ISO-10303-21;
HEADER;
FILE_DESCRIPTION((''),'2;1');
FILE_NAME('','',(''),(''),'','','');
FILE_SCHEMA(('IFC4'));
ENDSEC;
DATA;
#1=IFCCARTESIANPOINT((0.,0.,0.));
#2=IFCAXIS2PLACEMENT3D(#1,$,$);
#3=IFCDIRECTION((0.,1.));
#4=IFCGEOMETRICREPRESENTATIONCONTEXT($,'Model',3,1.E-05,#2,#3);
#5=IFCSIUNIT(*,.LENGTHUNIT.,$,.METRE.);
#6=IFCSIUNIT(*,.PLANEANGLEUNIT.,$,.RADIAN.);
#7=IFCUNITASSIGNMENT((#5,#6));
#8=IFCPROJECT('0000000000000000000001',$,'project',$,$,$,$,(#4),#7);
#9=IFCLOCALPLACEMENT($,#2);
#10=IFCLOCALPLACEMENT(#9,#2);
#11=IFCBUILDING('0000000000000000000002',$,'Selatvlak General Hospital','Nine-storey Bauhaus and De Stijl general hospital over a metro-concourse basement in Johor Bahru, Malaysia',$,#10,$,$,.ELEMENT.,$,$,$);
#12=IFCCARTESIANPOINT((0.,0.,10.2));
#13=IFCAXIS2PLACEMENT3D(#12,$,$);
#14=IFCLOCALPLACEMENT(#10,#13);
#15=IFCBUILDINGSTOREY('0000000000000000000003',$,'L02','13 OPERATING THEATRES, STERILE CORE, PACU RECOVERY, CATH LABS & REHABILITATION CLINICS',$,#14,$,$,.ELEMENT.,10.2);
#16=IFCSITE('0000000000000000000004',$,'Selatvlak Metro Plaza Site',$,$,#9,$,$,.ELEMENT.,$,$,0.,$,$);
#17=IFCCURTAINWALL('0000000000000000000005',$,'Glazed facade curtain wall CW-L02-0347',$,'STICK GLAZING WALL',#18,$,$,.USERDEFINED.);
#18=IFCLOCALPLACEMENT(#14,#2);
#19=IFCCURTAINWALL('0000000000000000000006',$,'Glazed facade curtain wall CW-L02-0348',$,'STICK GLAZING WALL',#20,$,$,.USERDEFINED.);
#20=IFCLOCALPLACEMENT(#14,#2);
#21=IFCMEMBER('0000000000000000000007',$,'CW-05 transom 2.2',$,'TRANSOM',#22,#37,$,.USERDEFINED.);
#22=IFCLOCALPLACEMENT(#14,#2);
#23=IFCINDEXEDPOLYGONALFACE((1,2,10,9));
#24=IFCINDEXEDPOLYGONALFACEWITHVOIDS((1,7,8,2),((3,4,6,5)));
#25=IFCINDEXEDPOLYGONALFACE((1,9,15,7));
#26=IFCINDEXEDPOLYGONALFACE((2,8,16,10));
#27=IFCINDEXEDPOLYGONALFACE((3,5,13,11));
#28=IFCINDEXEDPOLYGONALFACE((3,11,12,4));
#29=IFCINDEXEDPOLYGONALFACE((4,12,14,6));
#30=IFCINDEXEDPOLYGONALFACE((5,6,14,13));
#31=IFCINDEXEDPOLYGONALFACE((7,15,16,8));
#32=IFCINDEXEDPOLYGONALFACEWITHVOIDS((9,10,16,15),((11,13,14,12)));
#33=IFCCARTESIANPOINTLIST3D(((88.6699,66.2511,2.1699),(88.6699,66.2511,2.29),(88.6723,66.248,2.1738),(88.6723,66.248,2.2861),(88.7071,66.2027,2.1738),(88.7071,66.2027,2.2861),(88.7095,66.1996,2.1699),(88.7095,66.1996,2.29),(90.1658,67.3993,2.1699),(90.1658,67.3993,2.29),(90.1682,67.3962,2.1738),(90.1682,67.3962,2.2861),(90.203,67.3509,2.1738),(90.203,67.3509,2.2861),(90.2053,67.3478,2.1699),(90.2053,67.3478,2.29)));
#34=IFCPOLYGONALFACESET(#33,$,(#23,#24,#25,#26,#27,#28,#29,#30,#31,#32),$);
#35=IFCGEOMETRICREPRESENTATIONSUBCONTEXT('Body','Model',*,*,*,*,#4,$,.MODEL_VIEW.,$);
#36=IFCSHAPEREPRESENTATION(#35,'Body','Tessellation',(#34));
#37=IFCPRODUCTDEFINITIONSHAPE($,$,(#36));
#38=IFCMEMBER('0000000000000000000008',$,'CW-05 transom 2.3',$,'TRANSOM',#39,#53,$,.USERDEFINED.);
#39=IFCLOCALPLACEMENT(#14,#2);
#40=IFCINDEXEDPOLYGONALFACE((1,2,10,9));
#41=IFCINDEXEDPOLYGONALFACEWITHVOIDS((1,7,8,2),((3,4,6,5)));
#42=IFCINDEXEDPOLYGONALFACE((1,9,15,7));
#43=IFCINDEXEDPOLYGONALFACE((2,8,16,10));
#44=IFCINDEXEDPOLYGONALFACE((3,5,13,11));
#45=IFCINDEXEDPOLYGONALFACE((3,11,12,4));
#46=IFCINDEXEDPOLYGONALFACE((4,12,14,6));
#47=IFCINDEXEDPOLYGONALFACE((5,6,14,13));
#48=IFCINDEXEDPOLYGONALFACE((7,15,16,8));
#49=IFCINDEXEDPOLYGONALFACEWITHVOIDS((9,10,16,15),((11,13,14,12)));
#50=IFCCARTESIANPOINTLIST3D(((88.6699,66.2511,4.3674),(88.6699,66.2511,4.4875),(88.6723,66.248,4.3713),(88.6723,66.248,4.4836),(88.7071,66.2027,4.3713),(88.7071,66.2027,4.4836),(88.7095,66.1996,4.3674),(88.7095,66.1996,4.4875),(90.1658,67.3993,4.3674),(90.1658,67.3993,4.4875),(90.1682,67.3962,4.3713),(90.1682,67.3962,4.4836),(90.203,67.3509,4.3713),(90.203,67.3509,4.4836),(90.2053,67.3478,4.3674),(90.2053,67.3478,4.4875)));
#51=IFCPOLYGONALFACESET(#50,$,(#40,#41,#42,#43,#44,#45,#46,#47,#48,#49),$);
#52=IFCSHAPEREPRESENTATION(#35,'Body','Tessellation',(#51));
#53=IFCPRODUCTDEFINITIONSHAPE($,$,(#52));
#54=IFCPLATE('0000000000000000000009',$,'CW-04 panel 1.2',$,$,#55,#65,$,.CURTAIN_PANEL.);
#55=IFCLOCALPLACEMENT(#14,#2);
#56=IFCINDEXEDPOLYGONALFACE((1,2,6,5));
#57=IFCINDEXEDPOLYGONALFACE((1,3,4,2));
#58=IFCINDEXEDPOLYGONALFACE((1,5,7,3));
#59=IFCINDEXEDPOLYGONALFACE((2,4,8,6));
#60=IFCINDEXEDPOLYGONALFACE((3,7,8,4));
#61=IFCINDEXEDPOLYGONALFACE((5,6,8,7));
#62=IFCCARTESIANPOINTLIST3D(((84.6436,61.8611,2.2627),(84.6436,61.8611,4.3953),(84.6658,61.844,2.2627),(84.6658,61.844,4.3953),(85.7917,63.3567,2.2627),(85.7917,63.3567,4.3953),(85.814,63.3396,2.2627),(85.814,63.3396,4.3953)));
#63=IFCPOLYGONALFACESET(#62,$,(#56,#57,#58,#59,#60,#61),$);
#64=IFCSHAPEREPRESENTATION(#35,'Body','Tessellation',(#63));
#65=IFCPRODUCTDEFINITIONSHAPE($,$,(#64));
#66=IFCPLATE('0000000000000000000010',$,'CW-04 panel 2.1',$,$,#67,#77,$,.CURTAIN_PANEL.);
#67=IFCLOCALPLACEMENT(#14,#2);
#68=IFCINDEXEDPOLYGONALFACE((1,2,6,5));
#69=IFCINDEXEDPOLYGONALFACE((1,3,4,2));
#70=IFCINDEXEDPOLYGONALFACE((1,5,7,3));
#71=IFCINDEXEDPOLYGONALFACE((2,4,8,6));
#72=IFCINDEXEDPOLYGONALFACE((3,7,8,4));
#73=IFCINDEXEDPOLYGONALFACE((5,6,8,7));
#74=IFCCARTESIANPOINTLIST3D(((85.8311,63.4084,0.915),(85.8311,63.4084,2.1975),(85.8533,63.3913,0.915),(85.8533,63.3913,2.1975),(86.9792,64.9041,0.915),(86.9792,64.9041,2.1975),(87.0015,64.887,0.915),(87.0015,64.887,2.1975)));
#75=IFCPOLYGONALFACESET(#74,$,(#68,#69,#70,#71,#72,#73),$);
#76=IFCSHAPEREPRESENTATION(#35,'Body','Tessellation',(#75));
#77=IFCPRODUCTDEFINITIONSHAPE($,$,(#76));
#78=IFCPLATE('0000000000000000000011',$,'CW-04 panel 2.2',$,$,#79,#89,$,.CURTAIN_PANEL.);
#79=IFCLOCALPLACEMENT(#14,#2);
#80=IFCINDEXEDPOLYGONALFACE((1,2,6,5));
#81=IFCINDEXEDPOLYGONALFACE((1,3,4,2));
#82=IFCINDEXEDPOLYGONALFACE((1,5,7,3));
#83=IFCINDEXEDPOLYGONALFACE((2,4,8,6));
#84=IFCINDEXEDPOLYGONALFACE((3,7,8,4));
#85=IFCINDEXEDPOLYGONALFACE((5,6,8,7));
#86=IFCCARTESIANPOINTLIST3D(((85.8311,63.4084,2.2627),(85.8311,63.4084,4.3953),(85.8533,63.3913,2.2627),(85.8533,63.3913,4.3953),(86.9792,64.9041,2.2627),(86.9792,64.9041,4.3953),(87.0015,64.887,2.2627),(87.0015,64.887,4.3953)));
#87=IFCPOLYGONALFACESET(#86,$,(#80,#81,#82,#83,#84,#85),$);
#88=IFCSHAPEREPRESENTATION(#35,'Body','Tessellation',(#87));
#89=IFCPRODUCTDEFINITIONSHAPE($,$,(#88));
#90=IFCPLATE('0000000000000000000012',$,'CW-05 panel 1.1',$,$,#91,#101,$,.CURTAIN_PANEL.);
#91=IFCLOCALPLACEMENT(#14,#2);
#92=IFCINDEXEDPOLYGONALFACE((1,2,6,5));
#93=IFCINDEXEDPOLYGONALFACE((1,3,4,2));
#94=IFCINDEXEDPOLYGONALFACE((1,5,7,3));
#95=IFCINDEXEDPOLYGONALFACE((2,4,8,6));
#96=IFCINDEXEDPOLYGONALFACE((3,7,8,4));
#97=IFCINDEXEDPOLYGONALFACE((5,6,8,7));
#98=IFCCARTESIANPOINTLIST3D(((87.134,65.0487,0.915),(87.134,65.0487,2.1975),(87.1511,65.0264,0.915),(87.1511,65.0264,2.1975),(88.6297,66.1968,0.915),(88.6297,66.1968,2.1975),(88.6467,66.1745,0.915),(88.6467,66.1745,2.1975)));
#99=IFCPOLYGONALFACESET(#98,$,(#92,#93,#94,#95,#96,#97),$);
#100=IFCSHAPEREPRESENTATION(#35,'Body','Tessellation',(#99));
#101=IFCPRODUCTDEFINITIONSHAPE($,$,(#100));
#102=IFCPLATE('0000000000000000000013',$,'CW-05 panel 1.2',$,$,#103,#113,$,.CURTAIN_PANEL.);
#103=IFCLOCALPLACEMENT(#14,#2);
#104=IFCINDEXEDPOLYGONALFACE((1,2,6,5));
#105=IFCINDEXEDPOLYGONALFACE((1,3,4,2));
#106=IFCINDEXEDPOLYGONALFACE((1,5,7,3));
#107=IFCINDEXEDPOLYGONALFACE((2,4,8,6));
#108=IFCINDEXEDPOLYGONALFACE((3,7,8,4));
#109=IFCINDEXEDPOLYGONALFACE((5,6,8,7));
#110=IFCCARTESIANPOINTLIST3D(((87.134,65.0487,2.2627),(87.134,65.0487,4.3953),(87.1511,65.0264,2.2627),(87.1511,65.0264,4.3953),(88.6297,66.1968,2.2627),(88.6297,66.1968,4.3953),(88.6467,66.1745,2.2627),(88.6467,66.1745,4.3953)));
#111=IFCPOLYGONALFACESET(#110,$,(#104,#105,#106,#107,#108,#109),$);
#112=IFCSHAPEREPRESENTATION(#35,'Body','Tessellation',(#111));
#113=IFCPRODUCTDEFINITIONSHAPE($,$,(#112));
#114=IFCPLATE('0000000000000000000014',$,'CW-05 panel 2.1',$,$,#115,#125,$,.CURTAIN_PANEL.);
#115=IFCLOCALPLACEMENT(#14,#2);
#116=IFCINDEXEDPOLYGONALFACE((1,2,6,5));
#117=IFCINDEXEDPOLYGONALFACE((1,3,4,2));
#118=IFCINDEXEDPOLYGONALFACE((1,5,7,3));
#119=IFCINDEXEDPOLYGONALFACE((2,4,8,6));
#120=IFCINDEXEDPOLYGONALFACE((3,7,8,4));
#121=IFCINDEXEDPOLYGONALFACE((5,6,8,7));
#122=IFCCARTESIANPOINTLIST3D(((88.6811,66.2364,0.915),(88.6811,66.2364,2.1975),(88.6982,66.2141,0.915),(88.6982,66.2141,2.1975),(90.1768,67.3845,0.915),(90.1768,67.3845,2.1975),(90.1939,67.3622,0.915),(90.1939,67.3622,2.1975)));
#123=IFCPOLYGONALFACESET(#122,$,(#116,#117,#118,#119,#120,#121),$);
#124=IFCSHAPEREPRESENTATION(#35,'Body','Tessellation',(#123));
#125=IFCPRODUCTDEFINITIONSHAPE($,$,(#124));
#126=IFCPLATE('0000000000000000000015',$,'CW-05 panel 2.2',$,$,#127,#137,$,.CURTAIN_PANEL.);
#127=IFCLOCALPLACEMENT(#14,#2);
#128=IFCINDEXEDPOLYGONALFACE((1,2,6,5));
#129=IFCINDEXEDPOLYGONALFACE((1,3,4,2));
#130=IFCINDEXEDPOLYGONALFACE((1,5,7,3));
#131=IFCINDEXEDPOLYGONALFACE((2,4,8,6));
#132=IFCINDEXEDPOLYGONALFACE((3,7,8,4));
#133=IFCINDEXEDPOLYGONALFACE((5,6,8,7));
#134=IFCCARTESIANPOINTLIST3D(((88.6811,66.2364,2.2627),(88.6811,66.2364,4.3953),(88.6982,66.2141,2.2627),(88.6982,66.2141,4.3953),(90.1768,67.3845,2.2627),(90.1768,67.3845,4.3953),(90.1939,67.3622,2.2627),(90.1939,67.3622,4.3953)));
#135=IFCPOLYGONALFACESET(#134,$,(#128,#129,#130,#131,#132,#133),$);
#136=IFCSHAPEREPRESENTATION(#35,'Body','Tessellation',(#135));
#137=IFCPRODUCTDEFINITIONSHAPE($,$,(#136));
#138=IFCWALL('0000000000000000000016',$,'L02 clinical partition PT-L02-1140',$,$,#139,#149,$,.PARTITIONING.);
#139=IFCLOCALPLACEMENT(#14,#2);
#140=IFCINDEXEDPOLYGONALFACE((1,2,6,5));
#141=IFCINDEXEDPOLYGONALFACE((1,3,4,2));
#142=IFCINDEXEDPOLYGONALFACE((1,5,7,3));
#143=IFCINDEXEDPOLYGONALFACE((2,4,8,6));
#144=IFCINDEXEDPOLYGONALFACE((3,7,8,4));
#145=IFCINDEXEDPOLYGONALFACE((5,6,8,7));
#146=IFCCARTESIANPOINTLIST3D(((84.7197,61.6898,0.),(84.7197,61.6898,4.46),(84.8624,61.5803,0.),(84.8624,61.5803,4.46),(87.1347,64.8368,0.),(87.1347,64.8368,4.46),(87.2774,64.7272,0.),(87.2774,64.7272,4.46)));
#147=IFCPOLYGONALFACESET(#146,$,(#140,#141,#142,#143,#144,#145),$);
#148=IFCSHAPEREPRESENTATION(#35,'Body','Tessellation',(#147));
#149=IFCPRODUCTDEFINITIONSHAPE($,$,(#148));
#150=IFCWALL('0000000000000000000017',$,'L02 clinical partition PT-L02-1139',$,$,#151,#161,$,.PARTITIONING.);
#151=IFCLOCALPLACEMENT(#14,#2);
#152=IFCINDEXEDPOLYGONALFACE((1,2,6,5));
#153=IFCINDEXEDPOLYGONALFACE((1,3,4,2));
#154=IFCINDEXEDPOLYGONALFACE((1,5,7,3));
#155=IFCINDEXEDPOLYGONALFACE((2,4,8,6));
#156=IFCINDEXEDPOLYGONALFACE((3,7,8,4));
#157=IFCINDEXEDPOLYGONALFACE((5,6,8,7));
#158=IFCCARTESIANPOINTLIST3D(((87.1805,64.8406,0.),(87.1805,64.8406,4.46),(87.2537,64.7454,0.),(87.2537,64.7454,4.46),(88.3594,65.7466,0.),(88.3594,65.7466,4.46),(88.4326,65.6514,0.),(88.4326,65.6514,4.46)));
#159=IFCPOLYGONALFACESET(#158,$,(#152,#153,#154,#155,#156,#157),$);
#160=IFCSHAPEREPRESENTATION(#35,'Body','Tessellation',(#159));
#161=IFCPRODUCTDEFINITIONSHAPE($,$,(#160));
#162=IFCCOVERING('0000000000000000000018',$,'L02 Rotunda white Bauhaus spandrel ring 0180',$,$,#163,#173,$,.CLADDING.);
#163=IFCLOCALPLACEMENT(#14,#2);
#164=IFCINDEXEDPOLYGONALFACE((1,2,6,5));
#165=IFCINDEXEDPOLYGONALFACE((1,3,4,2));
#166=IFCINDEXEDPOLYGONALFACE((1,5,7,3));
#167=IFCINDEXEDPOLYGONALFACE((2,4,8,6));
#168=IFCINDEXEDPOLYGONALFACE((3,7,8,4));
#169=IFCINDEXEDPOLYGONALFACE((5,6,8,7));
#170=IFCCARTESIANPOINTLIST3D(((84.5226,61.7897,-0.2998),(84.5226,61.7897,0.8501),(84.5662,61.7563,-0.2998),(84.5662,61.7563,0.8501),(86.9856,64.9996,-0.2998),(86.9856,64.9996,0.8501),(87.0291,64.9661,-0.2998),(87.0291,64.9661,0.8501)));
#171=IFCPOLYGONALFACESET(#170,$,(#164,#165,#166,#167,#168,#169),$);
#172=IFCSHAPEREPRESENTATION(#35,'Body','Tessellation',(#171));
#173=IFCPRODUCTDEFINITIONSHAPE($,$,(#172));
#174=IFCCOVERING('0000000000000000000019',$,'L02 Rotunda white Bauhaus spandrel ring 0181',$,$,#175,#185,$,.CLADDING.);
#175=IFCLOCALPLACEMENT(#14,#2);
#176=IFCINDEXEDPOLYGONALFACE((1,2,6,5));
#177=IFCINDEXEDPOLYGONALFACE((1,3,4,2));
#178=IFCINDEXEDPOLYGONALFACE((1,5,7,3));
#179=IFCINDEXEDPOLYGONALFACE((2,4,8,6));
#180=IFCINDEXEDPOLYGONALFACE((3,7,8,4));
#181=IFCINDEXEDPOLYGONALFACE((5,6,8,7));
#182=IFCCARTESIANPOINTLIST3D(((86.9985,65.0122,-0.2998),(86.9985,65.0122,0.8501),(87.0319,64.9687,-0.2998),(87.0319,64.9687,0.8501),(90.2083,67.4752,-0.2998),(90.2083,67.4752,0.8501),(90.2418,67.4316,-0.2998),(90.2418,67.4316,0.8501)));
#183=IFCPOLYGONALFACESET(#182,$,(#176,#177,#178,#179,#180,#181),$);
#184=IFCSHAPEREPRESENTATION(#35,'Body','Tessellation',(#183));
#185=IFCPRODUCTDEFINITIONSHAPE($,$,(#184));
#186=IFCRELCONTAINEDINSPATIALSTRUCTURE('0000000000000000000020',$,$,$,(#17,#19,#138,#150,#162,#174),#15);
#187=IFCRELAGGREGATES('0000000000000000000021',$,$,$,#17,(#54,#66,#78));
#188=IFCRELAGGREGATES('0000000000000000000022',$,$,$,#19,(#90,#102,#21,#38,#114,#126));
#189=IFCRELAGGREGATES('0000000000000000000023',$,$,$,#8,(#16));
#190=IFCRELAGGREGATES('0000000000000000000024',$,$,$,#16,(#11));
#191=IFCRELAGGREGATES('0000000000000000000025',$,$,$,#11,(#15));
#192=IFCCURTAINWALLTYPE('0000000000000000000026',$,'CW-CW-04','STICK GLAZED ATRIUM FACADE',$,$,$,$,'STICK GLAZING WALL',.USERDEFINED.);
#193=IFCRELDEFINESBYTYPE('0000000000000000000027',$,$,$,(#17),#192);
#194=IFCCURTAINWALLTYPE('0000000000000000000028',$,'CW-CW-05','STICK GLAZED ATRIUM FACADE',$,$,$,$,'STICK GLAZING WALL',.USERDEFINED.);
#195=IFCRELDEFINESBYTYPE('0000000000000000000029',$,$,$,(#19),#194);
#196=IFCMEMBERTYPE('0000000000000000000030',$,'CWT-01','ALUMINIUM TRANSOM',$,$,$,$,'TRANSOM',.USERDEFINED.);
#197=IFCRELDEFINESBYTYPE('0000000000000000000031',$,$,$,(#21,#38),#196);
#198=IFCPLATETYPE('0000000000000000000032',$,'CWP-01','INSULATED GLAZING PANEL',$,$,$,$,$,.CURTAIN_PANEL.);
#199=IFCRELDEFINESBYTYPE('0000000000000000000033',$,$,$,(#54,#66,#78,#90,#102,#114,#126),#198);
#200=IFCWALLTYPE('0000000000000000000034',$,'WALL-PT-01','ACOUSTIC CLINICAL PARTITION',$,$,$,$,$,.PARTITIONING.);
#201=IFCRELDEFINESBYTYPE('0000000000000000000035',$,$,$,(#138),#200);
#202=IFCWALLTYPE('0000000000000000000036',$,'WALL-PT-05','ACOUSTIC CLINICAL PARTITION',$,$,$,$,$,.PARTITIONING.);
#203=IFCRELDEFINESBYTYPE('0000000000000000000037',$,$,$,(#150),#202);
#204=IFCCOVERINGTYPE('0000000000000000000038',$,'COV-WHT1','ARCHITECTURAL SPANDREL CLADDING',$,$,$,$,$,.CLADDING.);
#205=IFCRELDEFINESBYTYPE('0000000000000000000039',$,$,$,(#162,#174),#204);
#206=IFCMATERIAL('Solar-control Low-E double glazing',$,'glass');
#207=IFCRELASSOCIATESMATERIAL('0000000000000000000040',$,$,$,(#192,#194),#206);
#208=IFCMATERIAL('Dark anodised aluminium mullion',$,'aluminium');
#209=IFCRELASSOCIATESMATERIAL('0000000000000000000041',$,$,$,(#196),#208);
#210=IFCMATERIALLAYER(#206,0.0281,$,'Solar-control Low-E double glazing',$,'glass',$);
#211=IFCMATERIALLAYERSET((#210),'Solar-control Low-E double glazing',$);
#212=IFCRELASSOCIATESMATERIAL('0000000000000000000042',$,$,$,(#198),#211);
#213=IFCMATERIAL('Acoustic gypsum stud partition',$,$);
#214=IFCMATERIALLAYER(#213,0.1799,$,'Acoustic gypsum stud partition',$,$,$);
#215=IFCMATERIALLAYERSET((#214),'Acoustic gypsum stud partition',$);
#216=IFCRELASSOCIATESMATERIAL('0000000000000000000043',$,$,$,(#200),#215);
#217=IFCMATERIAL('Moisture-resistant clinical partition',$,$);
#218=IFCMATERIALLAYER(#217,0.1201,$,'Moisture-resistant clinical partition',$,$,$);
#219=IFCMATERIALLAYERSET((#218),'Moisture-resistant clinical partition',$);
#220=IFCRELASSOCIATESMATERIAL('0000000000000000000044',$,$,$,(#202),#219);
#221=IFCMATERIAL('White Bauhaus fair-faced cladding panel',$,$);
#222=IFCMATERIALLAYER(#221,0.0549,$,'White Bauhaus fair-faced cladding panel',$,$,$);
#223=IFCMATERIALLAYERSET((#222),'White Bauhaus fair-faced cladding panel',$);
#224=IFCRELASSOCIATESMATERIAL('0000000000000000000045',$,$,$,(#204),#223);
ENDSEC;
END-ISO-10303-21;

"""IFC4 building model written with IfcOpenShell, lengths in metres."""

from ifc_helpers import new_model, si_unit, direction, frame, frame_2d, origin, origin_2d, place, context, subcontext, project, spatial, rectangle, hollow_rectangle, extrude, material, layer, layer_set, material_profile, profile_set, type_object, element, aggregate, save


model = new_model("IFC4")

# Units and contexts
model_context = context("Model", 3, precision=1e-05, world=origin(), true_north=direction((0.0, 1.0)))
body_context = subcontext(model_context, "Body", "Model", "MODEL_VIEW")
ifc_project = project(units=[si_unit("LENGTHUNIT", "METRE"), si_unit("PLANEANGLEUNIT", "RADIAN")], contexts=[model_context])

# Site, building, storey
site_placement = place(None, origin())
site = spatial("IfcSite", under=ifc_project, at=site_placement, Name="Selatvlak Metro Plaza Site", CompositionType="ELEMENT", RefElevation=0.0)
building_placement = place(site_placement, origin())
building = spatial("IfcBuilding", under=site, at=building_placement, Name="Selatvlak General Hospital", Description="Nine-storey Bauhaus and De Stijl general hospital over a metro-concourse basement in Johor Bahru, Malaysia", CompositionType="ELEMENT")
storey_placement = place(building_placement, frame((0.0, 0.0, 10.2)))
storey = spatial("IfcBuildingStorey", under=building, at=storey_placement, Name="L02", Description="13 OPERATING THEATRES, STERILE CORE, PACU RECOVERY, CATH LABS & REHABILITATION CLINICS", CompositionType="ELEMENT", Elevation=10.2)

# Curtain walls
ifc_material_1 = material(Name="Solar-control Low-E double glazing", Category="glass")
curtain_wall_type_1 = type_object("IfcCurtainWallType", Name="CW-CW-04", Description="STICK GLAZED ATRIUM FACADE", ElementType="STICK GLAZING WALL", PredefinedType="USERDEFINED", material=ifc_material_1)
curtain_wall_1_placement = place(storey_placement, origin())
curtain_wall_1 = element("IfcCurtainWall", 1, at=curtain_wall_1_placement, inside=storey, type_object=curtain_wall_type_1, Name="Glazed facade curtain wall CW-L02-0347", ObjectType="STICK GLAZING WALL", PredefinedType="USERDEFINED")
ifc_material_2 = material(Name="Dark anodised aluminium mullion", Category="aluminium")
curtain_wall_type_2 = type_object("IfcCurtainWallType", Name="CW-CW-05", Description="STICK GLAZED ATRIUM FACADE", ElementType="STICK GLAZING WALL", PredefinedType="USERDEFINED", material=ifc_material_1)
curtain_wall_2_placement = place(storey_placement, origin())
curtain_wall_2 = element("IfcCurtainWall", 2, at=curtain_wall_2_placement, inside=storey, type_object=curtain_wall_type_2, Name="Glazed facade curtain wall CW-L02-0348", ObjectType="STICK GLAZING WALL", PredefinedType="USERDEFINED")

# Members
ifc_material_profile_1 = material_profile(ifc_material_2, hollow_rectangle(XDim=0.0649, YDim=0.1201, WallThickness=0.0039, at=origin_2d()), Name="AL-TRN 65x120x4")
ifc_profile_set_1 = profile_set([ifc_material_profile_1], Name="Dark anodised aluminium mullion")
member_type_1 = type_object("IfcMemberType", Name="CWT-01", Description="ALUMINIUM TRANSOM", ElementType="TRANSOM", PredefinedType="USERDEFINED", material=ifc_profile_set_1)
member_1_placement = place(storey_placement, frame((88.6897, 66.2253, 2.23), z_axis=(0.793254, 0.608891, 0.0), x_axis=(-0.608891, 0.793254, 0.0)))
member_1 = element("IfcMember", 3, at=member_1_placement, type_object=member_type_1, Name="CW-05 transom 2.2", ObjectType="TRANSOM", PredefinedType="USERDEFINED", context=body_context, shape_type="SweptSolid", body=[
    extrude(hollow_rectangle(XDim=0.0649, YDim=0.1201, WallThickness=0.0039, at=origin_2d()), origin(), (0.0, 0.0, 1.0), 1.8857),
])
member_2_placement = place(storey_placement, frame((88.6897, 66.2253, 4.4275), z_axis=(0.793254, 0.608891, 0.0), x_axis=(-0.608891, 0.793254, 0.0)))
member_2 = element("IfcMember", 4, at=member_2_placement, type_object=member_type_1, Name="CW-05 transom 2.3", ObjectType="TRANSOM", PredefinedType="USERDEFINED", context=body_context, shape_type="SweptSolid", body=[
    extrude(hollow_rectangle(XDim=0.0649, YDim=0.1201, WallThickness=0.0039, at=origin_2d()), origin(), (0.0, 0.0, 1.0), 1.8857),
])

# Plates
ifc_layer_1 = layer(ifc_material_1, 0.0281, Name="Solar-control Low-E double glazing", Category="glass")
ifc_layer_set_1 = layer_set([ifc_layer_1], Name="Solar-control Low-E double glazing")
plate_type = type_object("IfcPlateType", Name="CWP-01", Description="INSULATED GLAZING PANEL", PredefinedType="CURTAIN_PANEL", material=ifc_layer_set_1)
plate_1_placement = place(storey_placement, frame((85.2288, 62.6003, 2.2627), z_axis=(0.0, 0.0, 1.0), x_axis=(0.608918, 0.793233, 0.0)))
plate_1 = element("IfcPlate", 5, at=plate_1_placement, type_object=plate_type, Name="CW-04 panel 1.2", PredefinedType="CURTAIN_PANEL", context=body_context, shape_type="SweptSolid", body=[
    extrude(rectangle(XDim=1.8855, YDim=0.0281, at=origin_2d()), origin(), (0.0, 0.0, 1.0), 2.1326),
])
plate_2_placement = place(storey_placement, frame((86.4163, 64.1477, 0.915), z_axis=(0.0, 0.0, 1.0), x_axis=(0.608918, 0.793233, 0.0)))
plate_2 = element("IfcPlate", 6, at=plate_2_placement, type_object=plate_type, Name="CW-04 panel 2.1", PredefinedType="CURTAIN_PANEL", context=body_context, shape_type="SweptSolid", body=[
    extrude(rectangle(XDim=1.8855, YDim=0.0281, at=origin_2d()), origin(), (0.0, 0.0, 1.0), 1.2825),
])
plate_3_placement = place(storey_placement, frame((86.4163, 64.1477, 2.2627), z_axis=(0.0, 0.0, 1.0), x_axis=(0.608918, 0.793233, 0.0)))
plate_3 = element("IfcPlate", 7, at=plate_3_placement, type_object=plate_type, Name="CW-04 panel 2.2", PredefinedType="CURTAIN_PANEL", context=body_context, shape_type="SweptSolid", body=[
    extrude(rectangle(XDim=1.8855, YDim=0.0281, at=origin_2d()), origin(), (0.0, 0.0, 1.0), 2.1326),
])
aggregate(curtain_wall_1, [plate_1, plate_2, plate_3])
plate_4_placement = place(storey_placement, frame((87.8904, 65.6116, 0.915), z_axis=(0.0, 0.0, 1.0), x_axis=(0.793233, 0.608918, 0.0)))
plate_4 = element("IfcPlate", 8, at=plate_4_placement, type_object=plate_type, Name="CW-05 panel 1.1", PredefinedType="CURTAIN_PANEL", context=body_context, shape_type="SweptSolid", body=[
    extrude(rectangle(XDim=1.8855, YDim=0.0281, at=origin_2d()), origin(), (0.0, 0.0, 1.0), 1.2825),
])
plate_5_placement = place(storey_placement, frame((87.8904, 65.6116, 2.2627), z_axis=(0.0, 0.0, 1.0), x_axis=(0.793233, 0.608918, 0.0)))
plate_5 = element("IfcPlate", 9, at=plate_5_placement, type_object=plate_type, Name="CW-05 panel 1.2", PredefinedType="CURTAIN_PANEL", context=body_context, shape_type="SweptSolid", body=[
    extrude(rectangle(XDim=1.8855, YDim=0.0281, at=origin_2d()), origin(), (0.0, 0.0, 1.0), 2.1326),
])
plate_6_placement = place(storey_placement, frame((89.4375, 66.7993, 0.915), z_axis=(0.0, 0.0, 1.0), x_axis=(0.793233, 0.608918, 0.0)))
plate_6 = element("IfcPlate", 10, at=plate_6_placement, type_object=plate_type, Name="CW-05 panel 2.1", PredefinedType="CURTAIN_PANEL", context=body_context, shape_type="SweptSolid", body=[
    extrude(rectangle(XDim=1.8855, YDim=0.0281, at=origin_2d()), origin(), (0.0, 0.0, 1.0), 1.2825),
])
plate_7_placement = place(storey_placement, frame((89.4375, 66.7993, 2.2627), z_axis=(0.0, 0.0, 1.0), x_axis=(0.793233, 0.608918, 0.0)))
plate_7 = element("IfcPlate", 11, at=plate_7_placement, type_object=plate_type, Name="CW-05 panel 2.2", PredefinedType="CURTAIN_PANEL", context=body_context, shape_type="SweptSolid", body=[
    extrude(rectangle(XDim=1.8855, YDim=0.0281, at=origin_2d()), origin(), (0.0, 0.0, 1.0), 2.1326),
])
aggregate(curtain_wall_2, [plate_4, plate_5, member_1, member_2, plate_6, plate_7])

# Walls
ifc_material_3 = material(Name="Acoustic gypsum stud partition")
ifc_layer_2 = layer(ifc_material_3, 0.1799, Name="Acoustic gypsum stud partition")
ifc_layer_set_2 = layer_set([ifc_layer_2], Name="Acoustic gypsum stud partition")
wall_type_1 = type_object("IfcWallType", Name="WALL-PT-01", Description="ACOUSTIC CLINICAL PARTITION", PredefinedType="PARTITIONING", material=ifc_layer_set_2)
wall_1_placement = place(storey_placement, frame((87.2061, 64.782, 0.0), z_axis=(0.0, 0.0, 1.0), x_axis=(-0.608806, -0.793319, 0.0)))
element("IfcWall", 12, at=wall_1_placement, inside=storey, type_object=wall_type_1, Name="L02 clinical partition PT-L02-1140", PredefinedType="PARTITIONING", context=body_context, shape_type="SweptSolid", body=[
    extrude(rectangle(XDim=3.9668, YDim=0.1799, at=frame_2d((1.9834, 0.0))), origin(), (0.0, 0.0, 1.0), 4.46),
])
ifc_material_4 = material(Name="Moisture-resistant clinical partition")
ifc_layer_3 = layer(ifc_material_4, 0.1201, Name="Moisture-resistant clinical partition")
ifc_layer_set_3 = layer_set([ifc_layer_3], Name="Moisture-resistant clinical partition")
wall_type_2 = type_object("IfcWallType", Name="WALL-PT-05", Description="ACOUSTIC CLINICAL PARTITION", PredefinedType="PARTITIONING", material=ifc_layer_set_3)
wall_2_placement = place(storey_placement, frame((88.396, 65.699, 0.0), z_axis=(0.0, 0.0, 1.0), x_axis=(-0.792911, -0.609338, 0.0)))
element("IfcWall", 13, at=wall_2_placement, inside=storey, type_object=wall_type_2, Name="L02 clinical partition PT-L02-1139", PredefinedType="PARTITIONING", context=body_context, shape_type="SweptSolid", body=[
    extrude(rectangle(XDim=1.4868, YDim=0.1201, at=frame_2d((0.7434, 0.0))), origin(), (0.0, 0.0, 1.0), 4.46),
])

# Coverings
ifc_material_5 = material(Name="White Bauhaus fair-faced cladding panel")
ifc_layer_4 = layer(ifc_material_5, 0.0549, Name="White Bauhaus fair-faced cladding panel")
ifc_layer_set_4 = layer_set([ifc_layer_4], Name="White Bauhaus fair-faced cladding panel")
covering_type = type_object("IfcCoveringType", Name="COV-WHT1", Description="ARCHITECTURAL SPANDREL CLADDING", PredefinedType="CLADDING", material=ifc_layer_set_4)
for number, where, z_axis, x_axis, name in (
    (14, (85.7759, 63.3779, -0.2998), (0.0, 0.0, 1.0), (0.608748, 0.793364, 0.0), "L02 Rotunda white Bauhaus spandrel ring 0180"),
    (15, (88.6201, 66.2219, -0.2998), (0.0, 0.0, 1.0), (0.793364, 0.608748, 0.0), "L02 Rotunda white Bauhaus spandrel ring 0181"),
):
    element("IfcCovering", number, at=place(storey_placement, frame(where, z_axis=z_axis, x_axis=x_axis)), inside=storey, type_object=covering_type, Name=name, PredefinedType="CLADDING", context=body_context, shape_type="SweptSolid", body=[
        extrude(rectangle(XDim=4.0459, YDim=0.0549, at=origin_2d()), origin(), (0.0, 0.0, 1.0), 1.1499),
    ])

save(model, "model.ifc")
